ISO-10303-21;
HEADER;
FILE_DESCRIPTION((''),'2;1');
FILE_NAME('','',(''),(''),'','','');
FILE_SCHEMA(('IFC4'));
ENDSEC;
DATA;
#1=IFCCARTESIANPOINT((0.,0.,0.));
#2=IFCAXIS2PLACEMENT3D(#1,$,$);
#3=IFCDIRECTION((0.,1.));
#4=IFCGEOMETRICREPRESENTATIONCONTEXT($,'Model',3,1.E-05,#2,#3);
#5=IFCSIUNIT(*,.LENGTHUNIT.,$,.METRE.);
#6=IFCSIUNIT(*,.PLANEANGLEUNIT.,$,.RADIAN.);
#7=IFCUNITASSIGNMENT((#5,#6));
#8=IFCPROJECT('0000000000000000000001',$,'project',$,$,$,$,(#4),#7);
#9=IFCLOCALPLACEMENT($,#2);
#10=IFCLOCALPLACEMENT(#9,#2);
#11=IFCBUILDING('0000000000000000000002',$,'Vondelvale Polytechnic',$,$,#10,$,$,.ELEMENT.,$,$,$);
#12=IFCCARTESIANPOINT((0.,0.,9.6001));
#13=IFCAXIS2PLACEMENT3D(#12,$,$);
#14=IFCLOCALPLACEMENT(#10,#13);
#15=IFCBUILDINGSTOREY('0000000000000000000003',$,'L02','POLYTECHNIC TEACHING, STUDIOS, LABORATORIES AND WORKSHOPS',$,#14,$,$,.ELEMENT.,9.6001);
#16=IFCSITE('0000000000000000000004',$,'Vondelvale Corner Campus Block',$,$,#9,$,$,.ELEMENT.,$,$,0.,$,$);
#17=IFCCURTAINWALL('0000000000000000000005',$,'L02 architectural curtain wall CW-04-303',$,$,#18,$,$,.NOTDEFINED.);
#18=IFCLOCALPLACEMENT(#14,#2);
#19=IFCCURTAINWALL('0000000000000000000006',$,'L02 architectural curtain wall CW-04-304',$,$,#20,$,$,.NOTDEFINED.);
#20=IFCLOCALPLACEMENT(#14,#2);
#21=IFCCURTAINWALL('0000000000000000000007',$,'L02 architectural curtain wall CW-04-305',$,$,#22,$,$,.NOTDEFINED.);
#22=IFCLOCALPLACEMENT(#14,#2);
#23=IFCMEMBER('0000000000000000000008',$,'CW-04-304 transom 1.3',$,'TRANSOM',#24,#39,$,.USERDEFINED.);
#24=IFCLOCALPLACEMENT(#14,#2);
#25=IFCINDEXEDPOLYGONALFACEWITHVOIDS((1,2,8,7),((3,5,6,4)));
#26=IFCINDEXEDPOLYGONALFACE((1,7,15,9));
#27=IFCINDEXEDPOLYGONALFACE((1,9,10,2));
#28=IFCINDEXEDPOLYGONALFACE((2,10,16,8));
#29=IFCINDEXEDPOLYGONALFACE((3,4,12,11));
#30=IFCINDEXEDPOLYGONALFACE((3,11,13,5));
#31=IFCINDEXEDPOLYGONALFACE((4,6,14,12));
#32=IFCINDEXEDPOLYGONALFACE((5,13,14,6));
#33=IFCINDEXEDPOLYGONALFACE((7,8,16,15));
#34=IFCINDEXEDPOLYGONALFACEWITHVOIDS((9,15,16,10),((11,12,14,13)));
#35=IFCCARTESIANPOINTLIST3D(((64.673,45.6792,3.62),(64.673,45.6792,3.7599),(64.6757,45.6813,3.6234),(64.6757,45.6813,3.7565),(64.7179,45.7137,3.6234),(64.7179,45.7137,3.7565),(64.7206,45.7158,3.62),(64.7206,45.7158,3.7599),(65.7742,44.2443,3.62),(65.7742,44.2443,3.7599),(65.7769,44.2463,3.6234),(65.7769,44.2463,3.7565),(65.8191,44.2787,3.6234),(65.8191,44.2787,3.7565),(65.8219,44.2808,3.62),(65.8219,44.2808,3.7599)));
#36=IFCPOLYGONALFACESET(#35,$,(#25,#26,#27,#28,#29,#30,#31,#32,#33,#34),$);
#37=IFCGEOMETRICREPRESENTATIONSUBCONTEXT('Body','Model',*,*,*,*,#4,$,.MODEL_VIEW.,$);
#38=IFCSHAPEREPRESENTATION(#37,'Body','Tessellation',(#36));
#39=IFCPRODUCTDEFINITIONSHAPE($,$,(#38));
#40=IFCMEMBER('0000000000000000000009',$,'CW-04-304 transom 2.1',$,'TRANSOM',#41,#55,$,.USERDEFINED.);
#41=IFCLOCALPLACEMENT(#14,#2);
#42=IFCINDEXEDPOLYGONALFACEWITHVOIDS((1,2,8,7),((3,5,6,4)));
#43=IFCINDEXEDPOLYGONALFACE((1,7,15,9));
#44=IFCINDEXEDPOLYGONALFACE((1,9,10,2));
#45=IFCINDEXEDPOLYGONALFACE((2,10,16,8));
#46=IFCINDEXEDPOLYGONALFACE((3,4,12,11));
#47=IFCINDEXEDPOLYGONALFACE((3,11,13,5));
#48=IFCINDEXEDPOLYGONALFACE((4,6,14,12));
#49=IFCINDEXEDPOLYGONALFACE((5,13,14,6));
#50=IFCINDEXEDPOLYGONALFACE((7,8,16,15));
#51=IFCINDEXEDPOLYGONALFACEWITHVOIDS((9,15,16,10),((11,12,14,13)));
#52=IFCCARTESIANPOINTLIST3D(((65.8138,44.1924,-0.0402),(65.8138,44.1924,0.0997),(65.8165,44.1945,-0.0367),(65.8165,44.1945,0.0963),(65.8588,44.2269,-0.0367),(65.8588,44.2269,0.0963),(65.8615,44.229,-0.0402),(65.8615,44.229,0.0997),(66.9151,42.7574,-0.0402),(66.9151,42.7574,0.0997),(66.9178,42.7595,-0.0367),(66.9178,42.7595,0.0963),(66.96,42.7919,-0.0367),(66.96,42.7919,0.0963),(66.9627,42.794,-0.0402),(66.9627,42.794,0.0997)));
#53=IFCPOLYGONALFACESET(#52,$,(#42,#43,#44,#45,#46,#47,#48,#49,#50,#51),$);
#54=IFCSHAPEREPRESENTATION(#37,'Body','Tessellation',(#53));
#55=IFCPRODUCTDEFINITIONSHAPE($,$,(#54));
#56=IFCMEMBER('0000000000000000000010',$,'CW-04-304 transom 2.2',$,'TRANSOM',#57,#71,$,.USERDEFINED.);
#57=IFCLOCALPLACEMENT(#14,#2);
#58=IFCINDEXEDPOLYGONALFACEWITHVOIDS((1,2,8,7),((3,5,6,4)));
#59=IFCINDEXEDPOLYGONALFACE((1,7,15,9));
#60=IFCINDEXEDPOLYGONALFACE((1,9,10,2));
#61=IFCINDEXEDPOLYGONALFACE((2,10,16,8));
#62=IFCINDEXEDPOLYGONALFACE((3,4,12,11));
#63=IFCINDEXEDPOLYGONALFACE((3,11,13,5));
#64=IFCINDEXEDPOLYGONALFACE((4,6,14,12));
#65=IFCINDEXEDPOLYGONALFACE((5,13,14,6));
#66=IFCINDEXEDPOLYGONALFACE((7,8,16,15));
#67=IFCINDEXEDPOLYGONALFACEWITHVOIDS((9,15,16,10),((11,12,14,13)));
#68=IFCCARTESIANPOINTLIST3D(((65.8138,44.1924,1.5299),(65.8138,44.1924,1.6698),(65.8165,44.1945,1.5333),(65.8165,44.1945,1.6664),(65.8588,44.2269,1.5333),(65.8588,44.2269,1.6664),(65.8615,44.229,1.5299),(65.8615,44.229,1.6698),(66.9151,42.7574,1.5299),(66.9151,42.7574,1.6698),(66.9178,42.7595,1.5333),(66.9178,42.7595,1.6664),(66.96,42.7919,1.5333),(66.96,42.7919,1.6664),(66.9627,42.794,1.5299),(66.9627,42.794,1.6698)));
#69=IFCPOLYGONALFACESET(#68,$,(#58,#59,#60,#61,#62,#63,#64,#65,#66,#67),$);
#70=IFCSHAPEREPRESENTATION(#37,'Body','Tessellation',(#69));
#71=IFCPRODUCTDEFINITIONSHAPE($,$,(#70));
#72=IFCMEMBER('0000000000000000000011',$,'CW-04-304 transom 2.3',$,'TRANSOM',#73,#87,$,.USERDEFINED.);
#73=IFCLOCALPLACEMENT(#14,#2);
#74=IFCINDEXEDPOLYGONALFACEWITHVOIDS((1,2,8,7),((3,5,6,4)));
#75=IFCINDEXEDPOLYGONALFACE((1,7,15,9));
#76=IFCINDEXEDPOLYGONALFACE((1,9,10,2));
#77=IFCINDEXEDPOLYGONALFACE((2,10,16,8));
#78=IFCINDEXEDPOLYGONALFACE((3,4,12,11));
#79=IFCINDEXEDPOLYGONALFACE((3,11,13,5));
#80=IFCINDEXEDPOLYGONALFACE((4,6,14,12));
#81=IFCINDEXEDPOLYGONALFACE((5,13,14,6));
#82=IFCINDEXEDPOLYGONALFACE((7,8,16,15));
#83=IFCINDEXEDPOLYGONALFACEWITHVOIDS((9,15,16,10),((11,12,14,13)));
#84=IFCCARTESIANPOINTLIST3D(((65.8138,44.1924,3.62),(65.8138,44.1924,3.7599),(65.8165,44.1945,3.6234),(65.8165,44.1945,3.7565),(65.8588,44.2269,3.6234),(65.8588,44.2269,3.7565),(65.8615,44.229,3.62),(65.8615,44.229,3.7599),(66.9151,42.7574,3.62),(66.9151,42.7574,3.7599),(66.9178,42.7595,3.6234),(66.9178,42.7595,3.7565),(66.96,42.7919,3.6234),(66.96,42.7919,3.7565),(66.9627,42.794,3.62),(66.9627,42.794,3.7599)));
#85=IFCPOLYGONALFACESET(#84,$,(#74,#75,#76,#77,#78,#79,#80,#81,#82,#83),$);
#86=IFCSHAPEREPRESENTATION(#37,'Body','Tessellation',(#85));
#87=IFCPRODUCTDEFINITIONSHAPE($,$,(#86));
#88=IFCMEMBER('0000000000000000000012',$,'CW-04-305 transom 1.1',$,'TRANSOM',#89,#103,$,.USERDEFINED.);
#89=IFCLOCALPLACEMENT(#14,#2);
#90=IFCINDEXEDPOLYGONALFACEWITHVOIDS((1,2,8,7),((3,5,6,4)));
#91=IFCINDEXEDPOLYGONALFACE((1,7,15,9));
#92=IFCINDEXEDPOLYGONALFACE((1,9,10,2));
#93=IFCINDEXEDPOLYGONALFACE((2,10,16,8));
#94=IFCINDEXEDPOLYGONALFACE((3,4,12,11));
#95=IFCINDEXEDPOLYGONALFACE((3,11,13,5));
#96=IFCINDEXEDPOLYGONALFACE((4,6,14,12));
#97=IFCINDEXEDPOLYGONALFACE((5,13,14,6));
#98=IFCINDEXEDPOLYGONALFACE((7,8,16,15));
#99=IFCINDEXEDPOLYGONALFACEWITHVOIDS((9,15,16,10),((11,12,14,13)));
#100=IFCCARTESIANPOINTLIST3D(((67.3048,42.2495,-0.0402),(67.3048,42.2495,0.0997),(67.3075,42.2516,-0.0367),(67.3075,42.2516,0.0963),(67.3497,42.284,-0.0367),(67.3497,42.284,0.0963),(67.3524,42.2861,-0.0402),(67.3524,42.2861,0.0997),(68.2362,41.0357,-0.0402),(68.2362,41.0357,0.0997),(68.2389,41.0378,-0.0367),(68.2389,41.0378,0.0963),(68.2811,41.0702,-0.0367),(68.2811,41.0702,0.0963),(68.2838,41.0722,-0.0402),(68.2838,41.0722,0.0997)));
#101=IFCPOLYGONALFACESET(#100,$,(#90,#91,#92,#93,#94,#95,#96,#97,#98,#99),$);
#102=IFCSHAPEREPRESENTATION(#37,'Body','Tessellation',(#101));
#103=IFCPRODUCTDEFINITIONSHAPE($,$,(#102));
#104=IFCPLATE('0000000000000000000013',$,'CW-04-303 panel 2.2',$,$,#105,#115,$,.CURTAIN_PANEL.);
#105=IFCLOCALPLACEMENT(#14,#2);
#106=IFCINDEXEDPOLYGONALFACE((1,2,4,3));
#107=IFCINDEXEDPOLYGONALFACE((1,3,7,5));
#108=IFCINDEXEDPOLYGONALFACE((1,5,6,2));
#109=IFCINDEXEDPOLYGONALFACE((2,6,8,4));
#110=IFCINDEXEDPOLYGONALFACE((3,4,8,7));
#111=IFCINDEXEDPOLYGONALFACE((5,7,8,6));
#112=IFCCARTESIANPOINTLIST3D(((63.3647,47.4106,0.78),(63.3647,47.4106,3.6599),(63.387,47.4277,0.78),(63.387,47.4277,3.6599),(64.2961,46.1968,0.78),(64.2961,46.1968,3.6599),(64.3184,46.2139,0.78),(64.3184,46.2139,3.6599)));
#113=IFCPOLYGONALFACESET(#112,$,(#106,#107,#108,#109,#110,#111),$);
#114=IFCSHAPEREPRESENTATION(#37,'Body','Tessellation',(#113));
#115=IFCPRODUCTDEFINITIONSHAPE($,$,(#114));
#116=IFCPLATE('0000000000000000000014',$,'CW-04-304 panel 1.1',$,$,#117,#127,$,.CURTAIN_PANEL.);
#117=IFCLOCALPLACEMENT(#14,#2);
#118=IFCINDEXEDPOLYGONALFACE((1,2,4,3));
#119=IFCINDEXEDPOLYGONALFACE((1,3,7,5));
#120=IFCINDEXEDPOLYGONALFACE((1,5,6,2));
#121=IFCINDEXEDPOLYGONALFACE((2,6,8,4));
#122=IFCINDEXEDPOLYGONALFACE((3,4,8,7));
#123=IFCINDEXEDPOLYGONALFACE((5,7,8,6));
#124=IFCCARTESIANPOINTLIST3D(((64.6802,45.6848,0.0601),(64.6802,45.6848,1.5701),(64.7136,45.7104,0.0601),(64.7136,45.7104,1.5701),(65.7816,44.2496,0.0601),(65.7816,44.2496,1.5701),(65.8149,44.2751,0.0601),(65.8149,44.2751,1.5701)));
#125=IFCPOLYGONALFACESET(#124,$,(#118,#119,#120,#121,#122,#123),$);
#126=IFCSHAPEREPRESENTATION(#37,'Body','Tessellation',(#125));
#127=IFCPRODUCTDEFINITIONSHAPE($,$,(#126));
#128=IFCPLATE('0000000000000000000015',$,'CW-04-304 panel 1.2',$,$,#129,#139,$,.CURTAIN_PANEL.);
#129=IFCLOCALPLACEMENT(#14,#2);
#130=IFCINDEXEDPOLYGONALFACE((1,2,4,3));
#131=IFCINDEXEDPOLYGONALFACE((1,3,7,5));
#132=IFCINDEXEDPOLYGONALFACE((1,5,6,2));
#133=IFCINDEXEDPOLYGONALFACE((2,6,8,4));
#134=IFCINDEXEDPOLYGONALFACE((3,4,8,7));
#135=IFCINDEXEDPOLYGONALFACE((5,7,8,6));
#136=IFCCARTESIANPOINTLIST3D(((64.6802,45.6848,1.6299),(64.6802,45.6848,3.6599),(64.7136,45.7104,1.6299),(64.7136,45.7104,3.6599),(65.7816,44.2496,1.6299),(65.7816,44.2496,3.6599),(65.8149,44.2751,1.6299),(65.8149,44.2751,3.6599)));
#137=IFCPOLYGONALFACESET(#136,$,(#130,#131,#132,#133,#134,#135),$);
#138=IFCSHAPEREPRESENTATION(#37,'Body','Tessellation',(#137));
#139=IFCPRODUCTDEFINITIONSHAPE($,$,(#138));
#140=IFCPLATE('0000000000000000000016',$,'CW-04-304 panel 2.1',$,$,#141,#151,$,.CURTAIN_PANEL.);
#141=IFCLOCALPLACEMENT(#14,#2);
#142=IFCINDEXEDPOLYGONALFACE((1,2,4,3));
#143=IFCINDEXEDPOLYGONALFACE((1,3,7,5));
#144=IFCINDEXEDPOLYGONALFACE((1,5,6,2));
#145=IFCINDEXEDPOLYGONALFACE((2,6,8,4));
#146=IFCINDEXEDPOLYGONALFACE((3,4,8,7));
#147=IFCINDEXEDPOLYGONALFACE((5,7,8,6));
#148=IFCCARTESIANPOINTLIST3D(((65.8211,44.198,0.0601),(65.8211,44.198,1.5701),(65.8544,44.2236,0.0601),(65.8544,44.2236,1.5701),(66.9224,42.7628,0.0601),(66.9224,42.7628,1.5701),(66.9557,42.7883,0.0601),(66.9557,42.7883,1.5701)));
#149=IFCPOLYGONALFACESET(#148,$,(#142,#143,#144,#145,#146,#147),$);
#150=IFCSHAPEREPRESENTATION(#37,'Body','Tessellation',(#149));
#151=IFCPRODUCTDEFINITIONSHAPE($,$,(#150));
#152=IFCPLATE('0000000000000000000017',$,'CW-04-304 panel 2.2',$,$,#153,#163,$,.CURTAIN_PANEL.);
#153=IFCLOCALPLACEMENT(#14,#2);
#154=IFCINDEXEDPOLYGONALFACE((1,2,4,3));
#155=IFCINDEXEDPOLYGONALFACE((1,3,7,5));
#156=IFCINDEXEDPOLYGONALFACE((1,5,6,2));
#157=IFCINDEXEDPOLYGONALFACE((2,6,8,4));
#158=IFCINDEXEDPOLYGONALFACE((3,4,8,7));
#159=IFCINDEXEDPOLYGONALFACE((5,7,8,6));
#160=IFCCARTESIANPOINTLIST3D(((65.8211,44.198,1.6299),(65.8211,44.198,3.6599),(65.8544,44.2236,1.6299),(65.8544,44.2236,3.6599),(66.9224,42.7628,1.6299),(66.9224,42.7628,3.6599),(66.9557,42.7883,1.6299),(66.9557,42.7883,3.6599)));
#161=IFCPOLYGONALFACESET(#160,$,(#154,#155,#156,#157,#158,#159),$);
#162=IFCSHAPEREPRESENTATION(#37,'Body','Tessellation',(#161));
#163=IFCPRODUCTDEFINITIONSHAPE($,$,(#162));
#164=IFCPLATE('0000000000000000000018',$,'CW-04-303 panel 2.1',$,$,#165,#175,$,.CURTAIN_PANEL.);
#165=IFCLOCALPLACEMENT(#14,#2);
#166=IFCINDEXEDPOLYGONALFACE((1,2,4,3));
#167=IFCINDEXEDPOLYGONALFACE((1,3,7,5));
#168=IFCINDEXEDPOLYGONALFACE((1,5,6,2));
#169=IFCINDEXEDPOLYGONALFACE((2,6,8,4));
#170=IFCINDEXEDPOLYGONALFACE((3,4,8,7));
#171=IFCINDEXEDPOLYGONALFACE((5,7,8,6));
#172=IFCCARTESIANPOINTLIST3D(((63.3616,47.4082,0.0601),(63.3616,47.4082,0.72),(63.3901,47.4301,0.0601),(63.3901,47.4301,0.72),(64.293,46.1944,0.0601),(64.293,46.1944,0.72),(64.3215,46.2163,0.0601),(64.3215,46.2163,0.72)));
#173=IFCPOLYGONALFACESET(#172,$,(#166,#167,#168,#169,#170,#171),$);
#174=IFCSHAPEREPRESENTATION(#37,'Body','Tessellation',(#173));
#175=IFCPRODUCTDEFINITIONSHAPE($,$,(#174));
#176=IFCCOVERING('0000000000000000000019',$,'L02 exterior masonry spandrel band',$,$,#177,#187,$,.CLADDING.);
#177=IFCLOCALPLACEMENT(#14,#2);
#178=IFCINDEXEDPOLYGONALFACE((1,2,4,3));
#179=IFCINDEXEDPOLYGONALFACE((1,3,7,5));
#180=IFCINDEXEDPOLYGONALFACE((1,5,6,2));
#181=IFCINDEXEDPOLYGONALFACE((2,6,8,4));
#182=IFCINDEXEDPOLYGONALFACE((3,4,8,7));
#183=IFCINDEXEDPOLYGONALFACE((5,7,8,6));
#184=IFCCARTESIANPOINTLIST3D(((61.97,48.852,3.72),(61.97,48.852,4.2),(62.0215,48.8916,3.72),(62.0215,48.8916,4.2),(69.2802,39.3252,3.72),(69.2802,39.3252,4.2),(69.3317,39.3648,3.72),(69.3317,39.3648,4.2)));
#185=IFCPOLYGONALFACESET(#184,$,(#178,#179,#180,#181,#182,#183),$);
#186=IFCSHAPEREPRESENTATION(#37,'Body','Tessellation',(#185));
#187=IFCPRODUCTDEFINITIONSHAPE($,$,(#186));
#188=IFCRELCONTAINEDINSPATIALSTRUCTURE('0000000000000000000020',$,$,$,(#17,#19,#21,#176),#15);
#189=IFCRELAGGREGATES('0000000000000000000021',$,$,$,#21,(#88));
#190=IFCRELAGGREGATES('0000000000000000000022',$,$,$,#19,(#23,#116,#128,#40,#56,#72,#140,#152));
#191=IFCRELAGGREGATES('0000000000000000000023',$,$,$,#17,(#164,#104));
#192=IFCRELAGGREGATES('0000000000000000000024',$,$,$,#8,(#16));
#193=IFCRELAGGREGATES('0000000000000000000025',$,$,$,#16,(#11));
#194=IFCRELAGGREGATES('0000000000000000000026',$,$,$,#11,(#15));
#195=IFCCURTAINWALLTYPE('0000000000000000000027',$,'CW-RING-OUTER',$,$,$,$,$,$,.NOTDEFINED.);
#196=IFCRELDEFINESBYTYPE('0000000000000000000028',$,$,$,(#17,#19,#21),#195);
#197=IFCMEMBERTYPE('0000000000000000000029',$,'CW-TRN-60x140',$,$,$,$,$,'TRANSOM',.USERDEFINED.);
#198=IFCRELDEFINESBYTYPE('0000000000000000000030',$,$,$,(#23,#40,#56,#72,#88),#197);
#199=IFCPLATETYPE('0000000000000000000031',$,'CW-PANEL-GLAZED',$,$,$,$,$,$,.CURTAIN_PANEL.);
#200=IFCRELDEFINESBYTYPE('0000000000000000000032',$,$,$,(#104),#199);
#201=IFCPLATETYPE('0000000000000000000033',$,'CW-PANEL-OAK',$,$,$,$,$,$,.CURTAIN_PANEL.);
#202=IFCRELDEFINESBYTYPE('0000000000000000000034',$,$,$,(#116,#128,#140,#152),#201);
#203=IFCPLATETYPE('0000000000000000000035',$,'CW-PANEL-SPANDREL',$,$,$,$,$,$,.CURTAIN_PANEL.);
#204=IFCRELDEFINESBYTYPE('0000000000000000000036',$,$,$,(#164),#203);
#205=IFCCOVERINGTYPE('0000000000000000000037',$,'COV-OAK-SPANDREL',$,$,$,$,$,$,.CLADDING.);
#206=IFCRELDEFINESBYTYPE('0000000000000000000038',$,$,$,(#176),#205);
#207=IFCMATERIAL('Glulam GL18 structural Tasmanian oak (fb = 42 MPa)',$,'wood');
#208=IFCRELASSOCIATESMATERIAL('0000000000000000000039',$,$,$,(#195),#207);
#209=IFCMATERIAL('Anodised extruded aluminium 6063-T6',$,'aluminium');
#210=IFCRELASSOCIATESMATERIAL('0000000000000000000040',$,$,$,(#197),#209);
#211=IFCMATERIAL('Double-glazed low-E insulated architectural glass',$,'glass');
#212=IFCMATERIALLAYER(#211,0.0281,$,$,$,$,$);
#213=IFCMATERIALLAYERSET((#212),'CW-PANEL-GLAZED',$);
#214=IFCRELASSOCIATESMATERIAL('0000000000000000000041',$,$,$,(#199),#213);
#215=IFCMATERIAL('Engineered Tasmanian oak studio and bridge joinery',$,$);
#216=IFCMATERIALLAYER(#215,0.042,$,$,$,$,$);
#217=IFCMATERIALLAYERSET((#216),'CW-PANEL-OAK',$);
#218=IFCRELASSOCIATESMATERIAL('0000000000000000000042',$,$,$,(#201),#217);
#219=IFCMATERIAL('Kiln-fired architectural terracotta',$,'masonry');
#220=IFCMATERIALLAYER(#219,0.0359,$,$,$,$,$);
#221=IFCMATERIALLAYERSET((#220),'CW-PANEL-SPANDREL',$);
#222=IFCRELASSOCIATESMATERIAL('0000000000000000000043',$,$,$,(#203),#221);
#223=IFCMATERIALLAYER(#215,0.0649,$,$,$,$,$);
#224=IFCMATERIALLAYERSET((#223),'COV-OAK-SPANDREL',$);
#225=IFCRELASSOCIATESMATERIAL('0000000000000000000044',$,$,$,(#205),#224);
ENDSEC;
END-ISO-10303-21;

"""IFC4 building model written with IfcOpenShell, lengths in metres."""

from ifc_helpers import new_model, si_unit, direction, frame, origin, origin_2d, place, context, subcontext, project, spatial, rectangle, hollow_rectangle, extrude, material, layer, layer_set, material_profile, profile_set, type_object, element, aggregate, save


model = new_model("IFC4")

# Units and contexts
model_context = context("Model", 3, precision=1e-05, world=origin(), true_north=direction((0.0, 1.0)))
body_context = subcontext(model_context, "Body", "Model", "MODEL_VIEW")
ifc_project = project(units=[si_unit("LENGTHUNIT", "METRE"), si_unit("PLANEANGLEUNIT", "RADIAN")], contexts=[model_context])

# Site, building, storey
site_placement = place(None, origin())
site = spatial("IfcSite", under=ifc_project, at=site_placement, Name="Vondelvale Corner Campus Block", CompositionType="ELEMENT", RefElevation=0.0)
building_placement = place(site_placement, origin())
building = spatial("IfcBuilding", under=site, at=building_placement, Name="Vondelvale Polytechnic", CompositionType="ELEMENT")
storey_placement = place(building_placement, frame((0.0, 0.0, 9.6001)))
storey = spatial("IfcBuildingStorey", under=building, at=storey_placement, Name="L02", Description="POLYTECHNIC TEACHING, STUDIOS, LABORATORIES AND WORKSHOPS", CompositionType="ELEMENT", Elevation=9.6001)

# Shared definitions
ifc_material_1 = material(Name="Glulam GL18 structural Tasmanian oak (fb = 42 MPa)", Category="wood")

# Curtain wall
curtain_wall_type = type_object("IfcCurtainWallType", Name="CW-RING-OUTER", PredefinedType="NOTDEFINED", material=ifc_material_1)
curtain_wall_1_placement = place(storey_placement, origin())
curtain_wall_1 = element("IfcCurtainWall", 1, at=curtain_wall_1_placement, inside=storey, type_object=curtain_wall_type, Name="L02 architectural curtain wall CW-04-303", PredefinedType="NOTDEFINED")
ifc_material_2 = material(Name="Anodised extruded aluminium 6063-T6", Category="aluminium")

# Curtain wall
curtain_wall_2_placement = place(storey_placement, origin())
curtain_wall_2 = element("IfcCurtainWall", 2, at=curtain_wall_2_placement, inside=storey, type_object=curtain_wall_type, Name="L02 architectural curtain wall CW-04-304", PredefinedType="NOTDEFINED")

# Curtain wall
curtain_wall_3_placement = place(storey_placement, origin())
curtain_wall_3 = element("IfcCurtainWall", 3, at=curtain_wall_3_placement, inside=storey, type_object=curtain_wall_type, Name="L02 architectural curtain wall CW-04-305", PredefinedType="NOTDEFINED")

# Members
ifc_material_profile_1 = material_profile(ifc_material_2, hollow_rectangle(XDim=0.0601, YDim=0.1399, WallThickness=0.0034, at=origin_2d()), Name="CW-TRN-140x60")
ifc_profile_set_1 = profile_set([ifc_material_profile_1], Name="Anodised extruded aluminium 6063-T6")
member_type_1 = type_object("IfcMemberType", Name="CW-TRN-60x140", ElementType="TRANSOM", PredefinedType="USERDEFINED", material=ifc_profile_set_1)
member_1_placement = place(storey_placement, frame((64.6968, 45.6975, 3.6899), z_axis=(0.608817, -0.793311, 0.0), x_axis=(0.793311, 0.608817, 0.0)))
member_1 = element("IfcMember", 4, at=member_1_placement, type_object=member_type_1, Name="CW-04-304 transom 1.3", ObjectType="TRANSOM", PredefinedType="USERDEFINED", context=body_context, shape_type="SweptSolid", body=[
    extrude(hollow_rectangle(XDim=0.0601, YDim=0.1399, WallThickness=0.0034, at=origin_2d()), origin(), (0.0, 0.0, 1.0), 1.8088),
])
member_2_placement = place(storey_placement, frame((65.8376, 44.2107, 0.0298), z_axis=(0.608817, -0.793311, 0.0), x_axis=(0.793311, 0.608817, 0.0)))
member_2 = element("IfcMember", 5, at=member_2_placement, type_object=member_type_1, Name="CW-04-304 transom 2.1", ObjectType="TRANSOM", PredefinedType="USERDEFINED", context=body_context, shape_type="SweptSolid", body=[
    extrude(hollow_rectangle(XDim=0.0601, YDim=0.1399, WallThickness=0.0034, at=origin_2d()), origin(), (0.0, 0.0, 1.0), 1.8088),
])
member_3_placement = place(storey_placement, frame((65.8376, 44.2107, 1.5999), z_axis=(0.608817, -0.793311, 0.0), x_axis=(0.793311, 0.608817, 0.0)))
member_3 = element("IfcMember", 6, at=member_3_placement, type_object=member_type_1, Name="CW-04-304 transom 2.2", ObjectType="TRANSOM", PredefinedType="USERDEFINED", context=body_context, shape_type="SweptSolid", body=[
    extrude(hollow_rectangle(XDim=0.0601, YDim=0.1399, WallThickness=0.0034, at=origin_2d()), origin(), (0.0, 0.0, 1.0), 1.8088),
])
member_4_placement = place(storey_placement, frame((65.8376, 44.2107, 3.6899), z_axis=(0.608817, -0.793311, 0.0), x_axis=(0.793311, 0.608817, 0.0)))
member_4 = element("IfcMember", 7, at=member_4_placement, type_object=member_type_1, Name="CW-04-304 transom 2.3", ObjectType="TRANSOM", PredefinedType="USERDEFINED", context=body_context, shape_type="SweptSolid", body=[
    extrude(hollow_rectangle(XDim=0.0601, YDim=0.1399, WallThickness=0.0034, at=origin_2d()), origin(), (0.0, 0.0, 1.0), 1.8088),
])
member_5_placement = place(storey_placement, frame((67.3286, 42.2678, 0.0298), z_axis=(0.608746, -0.793365, 0.0), x_axis=(0.793365, 0.608746, 0.0)))
member_5 = element("IfcMember", 8, at=member_5_placement, type_object=member_type_1, Name="CW-04-305 transom 1.1", ObjectType="TRANSOM", PredefinedType="USERDEFINED", context=body_context, shape_type="SweptSolid", body=[
    extrude(hollow_rectangle(XDim=0.0601, YDim=0.1399, WallThickness=0.0034, at=origin_2d()), origin(), (0.0, 0.0, 1.0), 1.53),
])
aggregate(curtain_wall_3, [member_5])

# Plates
ifc_material_3 = material(Name="Double-glazed low-E insulated architectural glass", Category="glass")
ifc_layer_1 = layer(ifc_material_3, 0.0281)
ifc_layer_set_1 = layer_set([ifc_layer_1], Name="CW-PANEL-GLAZED")
plate_type_1 = type_object("IfcPlateType", Name="CW-PANEL-GLAZED", PredefinedType="CURTAIN_PANEL", material=ifc_layer_set_1)
plate_1_placement = place(storey_placement, frame((63.8416, 46.8123, 0.78), z_axis=(0.0, 0.0, 1.0), x_axis=(0.608787, -0.793334, 0.0)))
plate_1 = element("IfcPlate", 9, at=plate_1_placement, type_object=plate_type_1, Name="CW-04-303 panel 2.2", PredefinedType="CURTAIN_PANEL", context=body_context, shape_type="SweptSolid", body=[
    extrude(rectangle(XDim=1.53, YDim=0.0281, at=origin_2d()), origin(), (0.0, 0.0, 1.0), 2.8799),
])
ifc_material_4 = material(Name="Engineered Tasmanian oak studio and bridge joinery")
ifc_layer_2 = layer(ifc_material_4, 0.042)
ifc_layer_set_2 = layer_set([ifc_layer_2], Name="CW-PANEL-OAK")
plate_type_2 = type_object("IfcPlateType", Name="CW-PANEL-OAK", PredefinedType="CURTAIN_PANEL", material=ifc_layer_set_2)
plate_2_placement = place(storey_placement, frame((65.2476, 44.98, 0.0601), z_axis=(0.0, 0.0, 1.0), x_axis=(0.608771, -0.793346, 0.0)))
plate_2 = element("IfcPlate", 10, at=plate_2_placement, type_object=plate_type_2, Name="CW-04-304 panel 1.1", PredefinedType="CURTAIN_PANEL", context=body_context, shape_type="SweptSolid", body=[
    extrude(rectangle(XDim=1.8091, YDim=0.042, at=origin_2d()), origin(), (0.0, 0.0, 1.0), 1.51),
])
plate_3_placement = place(storey_placement, frame((65.2476, 44.98, 1.6299), z_axis=(0.0, 0.0, 1.0), x_axis=(0.608771, -0.793346, 0.0)))
plate_3 = element("IfcPlate", 11, at=plate_3_placement, type_object=plate_type_2, Name="CW-04-304 panel 1.2", PredefinedType="CURTAIN_PANEL", context=body_context, shape_type="SweptSolid", body=[
    extrude(rectangle(XDim=1.8091, YDim=0.042, at=origin_2d()), origin(), (0.0, 0.0, 1.0), 2.03),
])
plate_4_placement = place(storey_placement, frame((66.3884, 43.4932, 0.0601), z_axis=(0.0, 0.0, 1.0), x_axis=(0.608771, -0.793346, 0.0)))
plate_4 = element("IfcPlate", 12, at=plate_4_placement, type_object=plate_type_2, Name="CW-04-304 panel 2.1", PredefinedType="CURTAIN_PANEL", context=body_context, shape_type="SweptSolid", body=[
    extrude(rectangle(XDim=1.8091, YDim=0.042, at=origin_2d()), origin(), (0.0, 0.0, 1.0), 1.51),
])
plate_5_placement = place(storey_placement, frame((66.3884, 43.4932, 1.6299), z_axis=(0.0, 0.0, 1.0), x_axis=(0.608771, -0.793346, 0.0)))
plate_5 = element("IfcPlate", 13, at=plate_5_placement, type_object=plate_type_2, Name="CW-04-304 panel 2.2", PredefinedType="CURTAIN_PANEL", context=body_context, shape_type="SweptSolid", body=[
    extrude(rectangle(XDim=1.8091, YDim=0.042, at=origin_2d()), origin(), (0.0, 0.0, 1.0), 2.03),
])
aggregate(curtain_wall_2, [member_1, plate_2, plate_3, member_2, member_3, member_4, plate_4, plate_5])
ifc_material_5 = material(Name="Kiln-fired architectural terracotta", Category="masonry")
ifc_layer_3 = layer(ifc_material_5, 0.0359)
ifc_layer_set_3 = layer_set([ifc_layer_3], Name="CW-PANEL-SPANDREL")
plate_type_3 = type_object("IfcPlateType", Name="CW-PANEL-SPANDREL", PredefinedType="CURTAIN_PANEL", material=ifc_layer_set_3)
plate_6_placement = place(storey_placement, frame((63.8416, 46.8123, 0.0601), z_axis=(0.0, 0.0, 1.0), x_axis=(0.608787, -0.793334, 0.0)))
plate_6 = element("IfcPlate", 14, at=plate_6_placement, type_object=plate_type_3, Name="CW-04-303 panel 2.1", PredefinedType="CURTAIN_PANEL", context=body_context, shape_type="SweptSolid", body=[
    extrude(rectangle(XDim=1.53, YDim=0.0359, at=origin_2d()), origin(), (0.0, 0.0, 1.0), 0.6599),
])
aggregate(curtain_wall_1, [plate_6, plate_1])

# Covering
ifc_layer_4 = layer(ifc_material_4, 0.0649)
ifc_layer_set_4 = layer_set([ifc_layer_4], Name="COV-OAK-SPANDREL")
covering_type = type_object("IfcCoveringType", Name="COV-OAK-SPANDREL", PredefinedType="CLADDING", material=ifc_layer_set_4)
covering_placement = place(storey_placement, frame((65.6509, 44.1084, 3.72), z_axis=(0.0, 0.0, 1.0), x_axis=(0.608761, -0.793353, 0.0)))
element("IfcCovering", 15, at=covering_placement, inside=storey, type_object=covering_type, Name="L02 exterior masonry spandrel band", PredefinedType="CLADDING", context=body_context, shape_type="SweptSolid", body=[
    extrude(rectangle(XDim=12.0083, YDim=0.0649, at=origin_2d()), origin(), (0.0, 0.0, 1.0), 0.48),
])

save(model, "model.ifc")
